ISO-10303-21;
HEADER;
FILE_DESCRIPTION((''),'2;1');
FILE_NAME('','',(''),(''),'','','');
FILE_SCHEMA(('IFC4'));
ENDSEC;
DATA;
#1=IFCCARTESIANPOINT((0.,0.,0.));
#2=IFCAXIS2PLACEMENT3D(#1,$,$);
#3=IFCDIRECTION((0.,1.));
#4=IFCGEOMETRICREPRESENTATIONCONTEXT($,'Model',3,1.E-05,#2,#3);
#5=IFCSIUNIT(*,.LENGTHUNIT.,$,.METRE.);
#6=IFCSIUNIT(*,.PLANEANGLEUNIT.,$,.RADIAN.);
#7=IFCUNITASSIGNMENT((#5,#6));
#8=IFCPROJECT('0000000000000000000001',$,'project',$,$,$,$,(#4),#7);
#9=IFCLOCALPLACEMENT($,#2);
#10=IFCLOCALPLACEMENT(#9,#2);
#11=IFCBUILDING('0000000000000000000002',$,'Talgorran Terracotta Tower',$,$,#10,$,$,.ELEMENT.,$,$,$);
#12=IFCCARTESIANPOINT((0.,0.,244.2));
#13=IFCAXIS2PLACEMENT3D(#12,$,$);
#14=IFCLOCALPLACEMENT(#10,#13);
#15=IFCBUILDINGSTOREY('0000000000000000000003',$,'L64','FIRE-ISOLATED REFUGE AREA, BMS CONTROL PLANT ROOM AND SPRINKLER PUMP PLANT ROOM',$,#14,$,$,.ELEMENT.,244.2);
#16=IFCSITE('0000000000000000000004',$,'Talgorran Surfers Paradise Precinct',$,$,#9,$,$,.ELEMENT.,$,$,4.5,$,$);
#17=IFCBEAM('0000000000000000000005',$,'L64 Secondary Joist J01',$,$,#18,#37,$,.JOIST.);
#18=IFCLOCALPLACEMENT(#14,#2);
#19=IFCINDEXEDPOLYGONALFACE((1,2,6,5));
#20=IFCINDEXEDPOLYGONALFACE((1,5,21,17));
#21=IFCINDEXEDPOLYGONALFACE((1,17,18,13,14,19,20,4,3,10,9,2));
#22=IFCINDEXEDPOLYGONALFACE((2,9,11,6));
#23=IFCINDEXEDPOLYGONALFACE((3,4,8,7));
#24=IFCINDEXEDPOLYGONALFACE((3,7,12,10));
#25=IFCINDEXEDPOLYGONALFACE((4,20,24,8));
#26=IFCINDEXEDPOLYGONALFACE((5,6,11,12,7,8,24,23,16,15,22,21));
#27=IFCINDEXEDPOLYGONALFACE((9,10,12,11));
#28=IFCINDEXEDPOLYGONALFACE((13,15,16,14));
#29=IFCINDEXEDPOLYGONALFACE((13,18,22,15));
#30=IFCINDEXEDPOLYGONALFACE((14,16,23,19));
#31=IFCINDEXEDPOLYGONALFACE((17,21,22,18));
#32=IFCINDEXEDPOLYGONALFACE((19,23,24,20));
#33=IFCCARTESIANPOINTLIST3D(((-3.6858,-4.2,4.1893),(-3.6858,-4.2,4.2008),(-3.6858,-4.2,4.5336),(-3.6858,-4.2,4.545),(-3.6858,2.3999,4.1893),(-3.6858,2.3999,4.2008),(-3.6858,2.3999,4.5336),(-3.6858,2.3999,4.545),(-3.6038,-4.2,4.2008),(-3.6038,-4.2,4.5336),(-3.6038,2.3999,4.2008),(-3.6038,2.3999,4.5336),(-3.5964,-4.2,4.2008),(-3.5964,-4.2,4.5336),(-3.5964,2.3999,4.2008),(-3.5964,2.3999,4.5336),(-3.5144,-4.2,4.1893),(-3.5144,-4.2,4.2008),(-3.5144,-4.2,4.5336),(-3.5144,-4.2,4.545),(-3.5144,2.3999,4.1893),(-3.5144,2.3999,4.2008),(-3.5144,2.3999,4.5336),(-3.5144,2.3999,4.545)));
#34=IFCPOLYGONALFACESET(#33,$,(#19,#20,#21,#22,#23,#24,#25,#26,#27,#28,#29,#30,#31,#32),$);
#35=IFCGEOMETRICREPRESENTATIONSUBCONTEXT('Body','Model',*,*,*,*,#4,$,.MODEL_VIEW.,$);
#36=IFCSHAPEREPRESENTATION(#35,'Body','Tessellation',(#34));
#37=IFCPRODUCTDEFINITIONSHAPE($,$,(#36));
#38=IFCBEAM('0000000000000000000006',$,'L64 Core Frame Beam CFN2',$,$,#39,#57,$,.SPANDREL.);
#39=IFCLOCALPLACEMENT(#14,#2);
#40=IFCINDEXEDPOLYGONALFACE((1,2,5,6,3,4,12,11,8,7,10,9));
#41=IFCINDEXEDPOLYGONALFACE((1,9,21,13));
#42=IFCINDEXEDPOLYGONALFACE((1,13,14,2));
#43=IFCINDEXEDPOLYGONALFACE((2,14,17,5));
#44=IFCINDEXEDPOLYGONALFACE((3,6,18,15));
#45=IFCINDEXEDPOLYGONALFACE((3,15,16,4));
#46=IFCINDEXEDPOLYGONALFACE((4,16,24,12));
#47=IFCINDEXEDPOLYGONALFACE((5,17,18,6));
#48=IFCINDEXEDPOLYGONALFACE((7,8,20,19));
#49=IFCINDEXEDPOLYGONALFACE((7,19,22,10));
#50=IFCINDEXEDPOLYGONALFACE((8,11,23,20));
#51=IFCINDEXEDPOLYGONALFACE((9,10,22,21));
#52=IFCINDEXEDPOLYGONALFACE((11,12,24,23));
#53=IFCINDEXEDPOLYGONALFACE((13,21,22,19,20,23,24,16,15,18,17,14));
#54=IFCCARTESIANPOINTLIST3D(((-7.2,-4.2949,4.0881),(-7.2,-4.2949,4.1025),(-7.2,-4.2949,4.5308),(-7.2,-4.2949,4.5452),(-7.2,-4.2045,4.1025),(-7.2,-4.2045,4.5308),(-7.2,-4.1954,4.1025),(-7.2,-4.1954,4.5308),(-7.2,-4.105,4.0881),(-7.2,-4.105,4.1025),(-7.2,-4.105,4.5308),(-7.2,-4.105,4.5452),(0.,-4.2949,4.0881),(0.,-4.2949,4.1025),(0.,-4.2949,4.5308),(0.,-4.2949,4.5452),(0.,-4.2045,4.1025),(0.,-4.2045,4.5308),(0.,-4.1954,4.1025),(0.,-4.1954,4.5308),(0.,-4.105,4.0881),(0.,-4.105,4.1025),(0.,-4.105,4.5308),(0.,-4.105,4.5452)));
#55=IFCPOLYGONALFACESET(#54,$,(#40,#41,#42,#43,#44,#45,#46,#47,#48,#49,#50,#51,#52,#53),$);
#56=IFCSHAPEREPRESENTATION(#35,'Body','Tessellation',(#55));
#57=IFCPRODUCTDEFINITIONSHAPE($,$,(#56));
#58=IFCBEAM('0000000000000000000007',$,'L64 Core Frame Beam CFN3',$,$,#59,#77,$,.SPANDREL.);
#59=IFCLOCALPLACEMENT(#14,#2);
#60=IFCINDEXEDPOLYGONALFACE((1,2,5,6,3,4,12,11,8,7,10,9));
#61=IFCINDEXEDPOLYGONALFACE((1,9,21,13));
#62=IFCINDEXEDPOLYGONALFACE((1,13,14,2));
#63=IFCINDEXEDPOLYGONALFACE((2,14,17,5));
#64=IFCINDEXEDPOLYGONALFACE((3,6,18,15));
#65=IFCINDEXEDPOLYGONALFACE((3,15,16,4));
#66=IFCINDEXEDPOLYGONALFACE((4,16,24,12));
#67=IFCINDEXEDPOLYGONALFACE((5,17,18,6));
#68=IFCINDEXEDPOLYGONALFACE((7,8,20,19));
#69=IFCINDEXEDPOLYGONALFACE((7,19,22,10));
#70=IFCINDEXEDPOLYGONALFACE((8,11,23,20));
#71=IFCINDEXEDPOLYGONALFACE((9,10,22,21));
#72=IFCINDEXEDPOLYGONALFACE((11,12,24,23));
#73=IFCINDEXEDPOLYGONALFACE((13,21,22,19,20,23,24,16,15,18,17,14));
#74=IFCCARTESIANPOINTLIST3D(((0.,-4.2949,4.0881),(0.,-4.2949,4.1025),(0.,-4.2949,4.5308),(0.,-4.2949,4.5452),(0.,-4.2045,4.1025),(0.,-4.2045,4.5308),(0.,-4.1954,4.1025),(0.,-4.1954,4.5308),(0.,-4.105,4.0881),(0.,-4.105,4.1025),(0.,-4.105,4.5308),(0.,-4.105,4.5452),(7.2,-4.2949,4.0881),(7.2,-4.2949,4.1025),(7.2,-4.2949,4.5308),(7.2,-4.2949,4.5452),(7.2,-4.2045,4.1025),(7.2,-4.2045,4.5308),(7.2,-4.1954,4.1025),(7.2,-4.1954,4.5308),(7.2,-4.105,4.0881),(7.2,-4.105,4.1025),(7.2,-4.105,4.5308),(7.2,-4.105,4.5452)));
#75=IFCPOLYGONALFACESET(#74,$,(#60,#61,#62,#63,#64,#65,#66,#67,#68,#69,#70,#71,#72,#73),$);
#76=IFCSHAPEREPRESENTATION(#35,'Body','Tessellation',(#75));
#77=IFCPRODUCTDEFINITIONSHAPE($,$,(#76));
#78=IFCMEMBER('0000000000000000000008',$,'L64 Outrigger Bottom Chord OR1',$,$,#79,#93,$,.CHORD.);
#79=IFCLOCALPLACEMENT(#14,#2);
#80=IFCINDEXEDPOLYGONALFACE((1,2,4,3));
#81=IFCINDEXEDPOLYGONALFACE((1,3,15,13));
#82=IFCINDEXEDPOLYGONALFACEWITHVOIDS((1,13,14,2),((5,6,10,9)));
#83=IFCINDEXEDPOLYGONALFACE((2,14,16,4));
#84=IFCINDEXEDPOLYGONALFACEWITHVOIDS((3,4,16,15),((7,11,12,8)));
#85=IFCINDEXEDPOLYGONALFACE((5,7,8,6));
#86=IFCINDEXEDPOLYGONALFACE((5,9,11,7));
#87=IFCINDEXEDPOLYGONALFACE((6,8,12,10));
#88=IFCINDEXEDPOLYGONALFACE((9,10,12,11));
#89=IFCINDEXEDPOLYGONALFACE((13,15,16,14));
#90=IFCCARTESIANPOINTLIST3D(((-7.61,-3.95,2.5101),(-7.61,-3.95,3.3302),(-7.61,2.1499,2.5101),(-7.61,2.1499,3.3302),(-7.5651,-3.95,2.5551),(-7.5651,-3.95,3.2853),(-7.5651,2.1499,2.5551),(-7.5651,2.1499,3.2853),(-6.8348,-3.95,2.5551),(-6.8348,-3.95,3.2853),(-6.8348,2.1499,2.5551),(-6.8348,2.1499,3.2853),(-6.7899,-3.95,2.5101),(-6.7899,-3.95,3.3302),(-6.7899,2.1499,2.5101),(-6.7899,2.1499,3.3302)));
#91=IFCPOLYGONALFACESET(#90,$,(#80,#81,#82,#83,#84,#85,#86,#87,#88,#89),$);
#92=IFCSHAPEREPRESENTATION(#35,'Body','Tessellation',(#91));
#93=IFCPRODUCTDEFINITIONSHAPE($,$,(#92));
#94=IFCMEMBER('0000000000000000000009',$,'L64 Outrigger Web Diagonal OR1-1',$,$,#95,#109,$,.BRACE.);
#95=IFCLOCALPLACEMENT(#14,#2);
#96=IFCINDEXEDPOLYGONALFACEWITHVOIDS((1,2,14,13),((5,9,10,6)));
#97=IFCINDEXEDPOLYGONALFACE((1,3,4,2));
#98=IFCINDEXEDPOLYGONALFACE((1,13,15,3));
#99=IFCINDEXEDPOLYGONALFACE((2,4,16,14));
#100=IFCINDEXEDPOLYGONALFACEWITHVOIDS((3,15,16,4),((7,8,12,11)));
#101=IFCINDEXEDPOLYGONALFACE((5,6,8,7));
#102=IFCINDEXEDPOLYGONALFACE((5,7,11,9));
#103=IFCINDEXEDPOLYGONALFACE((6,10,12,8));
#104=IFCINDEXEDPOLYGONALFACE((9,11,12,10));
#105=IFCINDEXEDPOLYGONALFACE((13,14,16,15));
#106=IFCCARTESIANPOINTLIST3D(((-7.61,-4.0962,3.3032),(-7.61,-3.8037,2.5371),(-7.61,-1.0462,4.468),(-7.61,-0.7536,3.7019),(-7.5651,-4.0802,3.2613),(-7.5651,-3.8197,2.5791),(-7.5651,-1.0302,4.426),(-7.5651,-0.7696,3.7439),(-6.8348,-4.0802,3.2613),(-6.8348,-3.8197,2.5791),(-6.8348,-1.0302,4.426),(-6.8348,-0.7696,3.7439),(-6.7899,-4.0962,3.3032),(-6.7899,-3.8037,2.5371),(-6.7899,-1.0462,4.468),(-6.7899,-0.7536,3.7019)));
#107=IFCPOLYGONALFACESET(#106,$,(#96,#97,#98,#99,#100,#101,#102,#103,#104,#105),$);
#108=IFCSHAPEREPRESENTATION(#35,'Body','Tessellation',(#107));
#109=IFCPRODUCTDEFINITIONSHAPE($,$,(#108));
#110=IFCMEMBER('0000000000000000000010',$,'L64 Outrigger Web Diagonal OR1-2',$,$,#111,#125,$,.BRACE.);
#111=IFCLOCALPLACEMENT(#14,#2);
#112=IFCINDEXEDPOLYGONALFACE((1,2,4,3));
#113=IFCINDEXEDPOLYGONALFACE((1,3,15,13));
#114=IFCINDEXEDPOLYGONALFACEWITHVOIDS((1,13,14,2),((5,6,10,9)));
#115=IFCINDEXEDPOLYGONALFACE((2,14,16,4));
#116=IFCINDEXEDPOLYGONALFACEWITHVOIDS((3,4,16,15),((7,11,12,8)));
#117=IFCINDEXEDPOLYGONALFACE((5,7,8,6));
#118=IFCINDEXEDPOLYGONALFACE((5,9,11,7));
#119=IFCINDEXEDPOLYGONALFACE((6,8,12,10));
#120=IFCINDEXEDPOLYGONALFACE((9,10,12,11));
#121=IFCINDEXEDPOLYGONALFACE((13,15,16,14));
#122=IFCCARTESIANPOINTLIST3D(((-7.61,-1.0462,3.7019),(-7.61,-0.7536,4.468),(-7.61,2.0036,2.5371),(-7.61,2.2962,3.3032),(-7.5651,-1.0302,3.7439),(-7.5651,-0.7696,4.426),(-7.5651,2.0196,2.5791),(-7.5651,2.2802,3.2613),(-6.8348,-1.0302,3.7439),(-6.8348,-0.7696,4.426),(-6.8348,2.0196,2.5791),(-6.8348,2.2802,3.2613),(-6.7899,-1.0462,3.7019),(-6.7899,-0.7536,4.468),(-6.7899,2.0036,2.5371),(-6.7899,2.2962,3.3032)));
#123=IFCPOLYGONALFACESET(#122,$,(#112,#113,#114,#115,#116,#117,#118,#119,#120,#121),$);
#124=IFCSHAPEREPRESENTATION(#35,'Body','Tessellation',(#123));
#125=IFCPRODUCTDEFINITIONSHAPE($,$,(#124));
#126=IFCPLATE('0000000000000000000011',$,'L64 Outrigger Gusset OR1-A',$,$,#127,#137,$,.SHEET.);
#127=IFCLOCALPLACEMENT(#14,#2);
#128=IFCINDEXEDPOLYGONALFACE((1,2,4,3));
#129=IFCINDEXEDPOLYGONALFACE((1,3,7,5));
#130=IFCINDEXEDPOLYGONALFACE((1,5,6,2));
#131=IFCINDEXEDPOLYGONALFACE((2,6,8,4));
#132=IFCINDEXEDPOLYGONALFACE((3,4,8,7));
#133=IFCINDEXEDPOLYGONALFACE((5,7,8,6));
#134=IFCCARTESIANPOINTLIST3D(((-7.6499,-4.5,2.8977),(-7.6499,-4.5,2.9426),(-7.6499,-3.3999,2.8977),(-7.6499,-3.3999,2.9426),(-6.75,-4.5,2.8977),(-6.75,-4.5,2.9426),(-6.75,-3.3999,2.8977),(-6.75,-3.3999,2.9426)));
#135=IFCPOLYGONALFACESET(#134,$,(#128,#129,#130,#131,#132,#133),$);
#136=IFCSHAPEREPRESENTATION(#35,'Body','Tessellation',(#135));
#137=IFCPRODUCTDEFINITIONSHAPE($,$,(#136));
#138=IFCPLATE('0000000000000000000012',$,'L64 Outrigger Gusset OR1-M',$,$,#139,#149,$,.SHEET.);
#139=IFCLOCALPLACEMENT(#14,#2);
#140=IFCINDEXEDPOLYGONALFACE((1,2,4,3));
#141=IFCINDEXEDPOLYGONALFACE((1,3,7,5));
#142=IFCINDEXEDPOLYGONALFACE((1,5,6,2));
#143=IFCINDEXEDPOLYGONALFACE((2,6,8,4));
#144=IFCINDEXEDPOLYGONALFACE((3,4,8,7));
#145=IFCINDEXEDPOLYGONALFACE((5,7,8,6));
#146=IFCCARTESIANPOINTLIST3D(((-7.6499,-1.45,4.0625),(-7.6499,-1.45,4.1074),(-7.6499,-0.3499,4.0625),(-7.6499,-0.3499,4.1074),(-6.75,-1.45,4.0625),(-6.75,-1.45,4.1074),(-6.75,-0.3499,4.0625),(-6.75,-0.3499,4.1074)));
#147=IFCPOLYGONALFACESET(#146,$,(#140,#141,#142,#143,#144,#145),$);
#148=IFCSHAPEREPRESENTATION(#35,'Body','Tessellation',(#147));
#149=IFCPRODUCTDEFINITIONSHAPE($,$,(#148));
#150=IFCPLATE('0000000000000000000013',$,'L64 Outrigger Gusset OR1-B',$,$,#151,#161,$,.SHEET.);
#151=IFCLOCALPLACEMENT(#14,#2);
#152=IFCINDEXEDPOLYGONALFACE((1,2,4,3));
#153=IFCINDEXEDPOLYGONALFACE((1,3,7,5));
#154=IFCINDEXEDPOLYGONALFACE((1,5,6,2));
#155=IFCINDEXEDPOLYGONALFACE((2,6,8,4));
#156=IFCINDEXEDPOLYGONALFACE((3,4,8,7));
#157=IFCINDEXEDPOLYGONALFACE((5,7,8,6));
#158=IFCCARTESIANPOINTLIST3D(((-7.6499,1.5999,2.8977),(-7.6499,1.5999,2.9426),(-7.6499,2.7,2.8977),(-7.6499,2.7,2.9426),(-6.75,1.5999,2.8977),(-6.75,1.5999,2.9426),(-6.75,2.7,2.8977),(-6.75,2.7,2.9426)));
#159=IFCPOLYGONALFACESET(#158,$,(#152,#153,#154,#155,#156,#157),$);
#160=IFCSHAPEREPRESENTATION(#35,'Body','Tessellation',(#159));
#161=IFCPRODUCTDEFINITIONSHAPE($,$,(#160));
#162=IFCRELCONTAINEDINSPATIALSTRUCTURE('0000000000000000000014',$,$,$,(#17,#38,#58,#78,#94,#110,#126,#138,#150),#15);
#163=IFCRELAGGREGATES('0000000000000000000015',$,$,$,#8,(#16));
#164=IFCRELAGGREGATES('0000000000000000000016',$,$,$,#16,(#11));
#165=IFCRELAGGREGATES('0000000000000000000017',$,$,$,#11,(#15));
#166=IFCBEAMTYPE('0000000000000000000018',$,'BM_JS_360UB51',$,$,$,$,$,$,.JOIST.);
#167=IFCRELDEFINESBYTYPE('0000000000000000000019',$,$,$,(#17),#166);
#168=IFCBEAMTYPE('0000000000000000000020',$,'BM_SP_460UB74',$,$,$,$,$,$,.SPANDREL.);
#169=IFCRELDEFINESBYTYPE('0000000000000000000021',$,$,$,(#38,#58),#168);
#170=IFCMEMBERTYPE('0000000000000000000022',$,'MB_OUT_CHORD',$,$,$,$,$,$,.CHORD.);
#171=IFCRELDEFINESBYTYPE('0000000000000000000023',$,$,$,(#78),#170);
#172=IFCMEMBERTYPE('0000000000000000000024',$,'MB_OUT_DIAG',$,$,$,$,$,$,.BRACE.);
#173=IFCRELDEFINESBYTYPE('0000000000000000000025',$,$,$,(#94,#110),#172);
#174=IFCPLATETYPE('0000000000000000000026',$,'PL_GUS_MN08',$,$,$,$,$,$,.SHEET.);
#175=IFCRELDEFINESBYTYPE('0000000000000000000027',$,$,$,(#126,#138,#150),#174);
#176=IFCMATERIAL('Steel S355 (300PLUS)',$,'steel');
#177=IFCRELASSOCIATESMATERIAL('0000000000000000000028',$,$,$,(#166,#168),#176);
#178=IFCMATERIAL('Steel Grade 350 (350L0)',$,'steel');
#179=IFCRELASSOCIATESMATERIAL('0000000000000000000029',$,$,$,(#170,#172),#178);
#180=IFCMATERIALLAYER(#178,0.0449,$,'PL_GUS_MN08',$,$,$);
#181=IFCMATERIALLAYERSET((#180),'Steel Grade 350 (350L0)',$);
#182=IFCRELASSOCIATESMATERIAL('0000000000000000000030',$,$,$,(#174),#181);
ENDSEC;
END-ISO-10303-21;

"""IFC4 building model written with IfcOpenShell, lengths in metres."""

from ifc_helpers import new_model, si_unit, direction, frame, origin, origin_2d, place, context, subcontext, project, spatial, rectangle, hollow_rectangle, i_section, extrude, material, layer, layer_set, material_profile, profile_set, type_object, element, save


model = new_model("IFC4")

# Units and contexts
model_context = context("Model", 3, precision=1e-05, world=origin(), true_north=direction((0.0, 1.0)))
body_context = subcontext(model_context, "Body", "Model", "MODEL_VIEW")
ifc_project = project(units=[si_unit("LENGTHUNIT", "METRE"), si_unit("PLANEANGLEUNIT", "RADIAN")], contexts=[model_context])

# Site, building, storey
site_placement = place(None, origin())
site = spatial("IfcSite", under=ifc_project, at=site_placement, Name="Talgorran Surfers Paradise Precinct", CompositionType="ELEMENT", RefElevation=4.5)
building_placement = place(site_placement, origin())
building = spatial("IfcBuilding", under=site, at=building_placement, Name="Talgorran Terracotta Tower", CompositionType="ELEMENT")
storey_placement = place(building_placement, frame((0.0, 0.0, 244.2)))
storey = spatial("IfcBuildingStorey", under=building, at=storey_placement, Name="L64", Description="FIRE-ISOLATED REFUGE AREA, BMS CONTROL PLANT ROOM AND SPRINKLER PUMP PLANT ROOM", CompositionType="ELEMENT", Elevation=244.2)

# Shared definitions
ifc_material_1 = material(Name="Steel S355 (300PLUS)", Category="steel")

# Beams
ifc_material_2 = material(Name="Steel Grade 350 (350L0)", Category="steel")
ifc_material_profile_1 = material_profile(ifc_material_1, i_section(OverallWidth=0.1714, OverallDepth=0.3557, WebThickness=0.0073, FlangeThickness=0.0115, at=origin_2d()), Name="360UB50.7")
ifc_profile_set_1 = profile_set([ifc_material_profile_1], Name="Steel S355 (300PLUS)")
beam_type_1 = type_object("IfcBeamType", Name="BM_JS_360UB51", PredefinedType="JOIST", material=ifc_profile_set_1)
beam_1_placement = place(storey_placement, frame((-3.6001, -4.2, 4.3672), z_axis=(0.0, 1.0, 0.0), x_axis=(-1.0, 0.0, 0.0)))
element("IfcBeam", 1, at=beam_1_placement, inside=storey, type_object=beam_type_1, Name="L64 Secondary Joist J01", PredefinedType="JOIST", context=body_context, shape_type="SweptSolid", body=[
    extrude(i_section(OverallWidth=0.1714, OverallDepth=0.3557, WebThickness=0.0073, FlangeThickness=0.0115, at=origin_2d()), origin(), (0.0, 0.0, 1.0), 6.5999),
])
ifc_material_profile_2 = material_profile(ifc_material_1, i_section(OverallWidth=0.1899, OverallDepth=0.457, WebThickness=0.009, FlangeThickness=0.0144, at=origin_2d()), Name="460UB74.6")
ifc_profile_set_2 = profile_set([ifc_material_profile_2], Name="Steel S355 (300PLUS)")
beam_type_2 = type_object("IfcBeamType", Name="BM_SP_460UB74", PredefinedType="SPANDREL", material=ifc_profile_set_2)
for number, where, z_axis, x_axis, name in (
    (2, (-7.2, -4.2, 4.3167), (1.0, 0.0, 0.0), (0.0, 1.0, 0.0), "L64 Core Frame Beam CFN2"),
    (3, (0.0, -4.2, 4.3167), (1.0, 0.0, 0.0), (0.0, 1.0, 0.0), "L64 Core Frame Beam CFN3"),
):
    element("IfcBeam", number, at=place(storey_placement, frame(where, z_axis=z_axis, x_axis=x_axis)), inside=storey, type_object=beam_type_2, Name=name, PredefinedType="SPANDREL", context=body_context, shape_type="SweptSolid", body=[
        extrude(i_section(OverallWidth=0.1899, OverallDepth=0.457, WebThickness=0.009, FlangeThickness=0.0144, at=origin_2d()), origin(), (0.0, 0.0, 1.0), 7.2),
    ])

# Members
ifc_material_profile_3 = material_profile(ifc_material_2, hollow_rectangle(XDim=0.8201, YDim=0.8201, WallThickness=0.0449, at=origin_2d()), Name="WBOX820X820X45")
ifc_profile_set_3 = profile_set([ifc_material_profile_3], Name="Steel Grade 350 (350L0)")
member_type_1 = type_object("IfcMemberType", Name="MB_OUT_CHORD", PredefinedType="CHORD", material=ifc_profile_set_3)
member_1_placement = place(storey_placement, frame((-7.2, -3.95, 2.9202), z_axis=(0.0, 1.0, 0.0), x_axis=(-1.0, 0.0, 0.0)))
element("IfcMember", 4, at=member_1_placement, inside=storey, type_object=member_type_1, Name="L64 Outrigger Bottom Chord OR1", PredefinedType="CHORD", context=body_context, shape_type="SweptSolid", body=[
    extrude(hollow_rectangle(XDim=0.8201, YDim=0.8201, WallThickness=0.0449, at=origin_2d()), origin(), (0.0, 0.0, 1.0), 6.0999),
])
ifc_material_profile_4 = material_profile(ifc_material_2, hollow_rectangle(XDim=0.8201, YDim=0.8201, WallThickness=0.0449, at=origin_2d()), Name="WBOX820X820X45")
ifc_profile_set_4 = profile_set([ifc_material_profile_4], Name="Steel Grade 350 (350L0)")
member_type_2 = type_object("IfcMemberType", Name="MB_OUT_DIAG", PredefinedType="BRACE", material=ifc_profile_set_4)
member_2_placement = place(storey_placement, frame((-7.2, -3.95, 2.9202), z_axis=(0.0, 0.934195, 0.356763), x_axis=(-1.0, 0.0, 0.0)))
element("IfcMember", 5, at=member_2_placement, inside=storey, type_object=member_type_2, Name="L64 Outrigger Web Diagonal OR1-1", PredefinedType="BRACE", context=body_context, shape_type="SweptSolid", body=[
    extrude(hollow_rectangle(XDim=0.8201, YDim=0.8201, WallThickness=0.0449, at=origin_2d()), origin(), (0.0, 0.0, 1.0), 3.2649),
])
member_3_placement = place(storey_placement, frame((-7.2, -0.8999, 4.085), z_axis=(0.0, 0.934185, -0.356788), x_axis=(-1.0, 0.0, 0.0)))
element("IfcMember", 6, at=member_3_placement, inside=storey, type_object=member_type_2, Name="L64 Outrigger Web Diagonal OR1-2", PredefinedType="BRACE", context=body_context, shape_type="SweptSolid", body=[
    extrude(hollow_rectangle(XDim=0.8201, YDim=0.8201, WallThickness=0.0449, at=origin_2d()), origin(), (0.0, 0.0, 1.0), 3.2646),
])

# Plates
ifc_layer_1 = layer(ifc_material_2, 0.0449, Name="PL_GUS_MN08")
ifc_layer_set_1 = layer_set([ifc_layer_1], Name="Steel Grade 350 (350L0)")
plate_type = type_object("IfcPlateType", Name="PL_GUS_MN08", PredefinedType="SHEET", material=ifc_layer_set_1)
for number, where, z_axis, x_axis, name in (
    (7, (-7.2, -3.95, 2.8977), (0.0, 0.0, 1.0), (0.0, 1.0, 0.0), "L64 Outrigger Gusset OR1-A"),
    (8, (-7.2, -0.8999, 4.0625), (0.0, 0.0, 1.0), (0.0, 1.0, 0.0), "L64 Outrigger Gusset OR1-M"),
    (9, (-7.2, 2.1499, 2.8977), (0.0, 0.0, 1.0), (0.0, 1.0, 0.0), "L64 Outrigger Gusset OR1-B"),
):
    element("IfcPlate", number, at=place(storey_placement, frame(where, z_axis=z_axis, x_axis=x_axis)), inside=storey, type_object=plate_type, Name=name, PredefinedType="SHEET", context=body_context, shape_type="SweptSolid", body=[
        extrude(rectangle(XDim=1.1001, YDim=0.8999, at=origin_2d()), origin(), (0.0, 0.0, 1.0), 0.0449),
    ])

save(model, "model.ifc")
